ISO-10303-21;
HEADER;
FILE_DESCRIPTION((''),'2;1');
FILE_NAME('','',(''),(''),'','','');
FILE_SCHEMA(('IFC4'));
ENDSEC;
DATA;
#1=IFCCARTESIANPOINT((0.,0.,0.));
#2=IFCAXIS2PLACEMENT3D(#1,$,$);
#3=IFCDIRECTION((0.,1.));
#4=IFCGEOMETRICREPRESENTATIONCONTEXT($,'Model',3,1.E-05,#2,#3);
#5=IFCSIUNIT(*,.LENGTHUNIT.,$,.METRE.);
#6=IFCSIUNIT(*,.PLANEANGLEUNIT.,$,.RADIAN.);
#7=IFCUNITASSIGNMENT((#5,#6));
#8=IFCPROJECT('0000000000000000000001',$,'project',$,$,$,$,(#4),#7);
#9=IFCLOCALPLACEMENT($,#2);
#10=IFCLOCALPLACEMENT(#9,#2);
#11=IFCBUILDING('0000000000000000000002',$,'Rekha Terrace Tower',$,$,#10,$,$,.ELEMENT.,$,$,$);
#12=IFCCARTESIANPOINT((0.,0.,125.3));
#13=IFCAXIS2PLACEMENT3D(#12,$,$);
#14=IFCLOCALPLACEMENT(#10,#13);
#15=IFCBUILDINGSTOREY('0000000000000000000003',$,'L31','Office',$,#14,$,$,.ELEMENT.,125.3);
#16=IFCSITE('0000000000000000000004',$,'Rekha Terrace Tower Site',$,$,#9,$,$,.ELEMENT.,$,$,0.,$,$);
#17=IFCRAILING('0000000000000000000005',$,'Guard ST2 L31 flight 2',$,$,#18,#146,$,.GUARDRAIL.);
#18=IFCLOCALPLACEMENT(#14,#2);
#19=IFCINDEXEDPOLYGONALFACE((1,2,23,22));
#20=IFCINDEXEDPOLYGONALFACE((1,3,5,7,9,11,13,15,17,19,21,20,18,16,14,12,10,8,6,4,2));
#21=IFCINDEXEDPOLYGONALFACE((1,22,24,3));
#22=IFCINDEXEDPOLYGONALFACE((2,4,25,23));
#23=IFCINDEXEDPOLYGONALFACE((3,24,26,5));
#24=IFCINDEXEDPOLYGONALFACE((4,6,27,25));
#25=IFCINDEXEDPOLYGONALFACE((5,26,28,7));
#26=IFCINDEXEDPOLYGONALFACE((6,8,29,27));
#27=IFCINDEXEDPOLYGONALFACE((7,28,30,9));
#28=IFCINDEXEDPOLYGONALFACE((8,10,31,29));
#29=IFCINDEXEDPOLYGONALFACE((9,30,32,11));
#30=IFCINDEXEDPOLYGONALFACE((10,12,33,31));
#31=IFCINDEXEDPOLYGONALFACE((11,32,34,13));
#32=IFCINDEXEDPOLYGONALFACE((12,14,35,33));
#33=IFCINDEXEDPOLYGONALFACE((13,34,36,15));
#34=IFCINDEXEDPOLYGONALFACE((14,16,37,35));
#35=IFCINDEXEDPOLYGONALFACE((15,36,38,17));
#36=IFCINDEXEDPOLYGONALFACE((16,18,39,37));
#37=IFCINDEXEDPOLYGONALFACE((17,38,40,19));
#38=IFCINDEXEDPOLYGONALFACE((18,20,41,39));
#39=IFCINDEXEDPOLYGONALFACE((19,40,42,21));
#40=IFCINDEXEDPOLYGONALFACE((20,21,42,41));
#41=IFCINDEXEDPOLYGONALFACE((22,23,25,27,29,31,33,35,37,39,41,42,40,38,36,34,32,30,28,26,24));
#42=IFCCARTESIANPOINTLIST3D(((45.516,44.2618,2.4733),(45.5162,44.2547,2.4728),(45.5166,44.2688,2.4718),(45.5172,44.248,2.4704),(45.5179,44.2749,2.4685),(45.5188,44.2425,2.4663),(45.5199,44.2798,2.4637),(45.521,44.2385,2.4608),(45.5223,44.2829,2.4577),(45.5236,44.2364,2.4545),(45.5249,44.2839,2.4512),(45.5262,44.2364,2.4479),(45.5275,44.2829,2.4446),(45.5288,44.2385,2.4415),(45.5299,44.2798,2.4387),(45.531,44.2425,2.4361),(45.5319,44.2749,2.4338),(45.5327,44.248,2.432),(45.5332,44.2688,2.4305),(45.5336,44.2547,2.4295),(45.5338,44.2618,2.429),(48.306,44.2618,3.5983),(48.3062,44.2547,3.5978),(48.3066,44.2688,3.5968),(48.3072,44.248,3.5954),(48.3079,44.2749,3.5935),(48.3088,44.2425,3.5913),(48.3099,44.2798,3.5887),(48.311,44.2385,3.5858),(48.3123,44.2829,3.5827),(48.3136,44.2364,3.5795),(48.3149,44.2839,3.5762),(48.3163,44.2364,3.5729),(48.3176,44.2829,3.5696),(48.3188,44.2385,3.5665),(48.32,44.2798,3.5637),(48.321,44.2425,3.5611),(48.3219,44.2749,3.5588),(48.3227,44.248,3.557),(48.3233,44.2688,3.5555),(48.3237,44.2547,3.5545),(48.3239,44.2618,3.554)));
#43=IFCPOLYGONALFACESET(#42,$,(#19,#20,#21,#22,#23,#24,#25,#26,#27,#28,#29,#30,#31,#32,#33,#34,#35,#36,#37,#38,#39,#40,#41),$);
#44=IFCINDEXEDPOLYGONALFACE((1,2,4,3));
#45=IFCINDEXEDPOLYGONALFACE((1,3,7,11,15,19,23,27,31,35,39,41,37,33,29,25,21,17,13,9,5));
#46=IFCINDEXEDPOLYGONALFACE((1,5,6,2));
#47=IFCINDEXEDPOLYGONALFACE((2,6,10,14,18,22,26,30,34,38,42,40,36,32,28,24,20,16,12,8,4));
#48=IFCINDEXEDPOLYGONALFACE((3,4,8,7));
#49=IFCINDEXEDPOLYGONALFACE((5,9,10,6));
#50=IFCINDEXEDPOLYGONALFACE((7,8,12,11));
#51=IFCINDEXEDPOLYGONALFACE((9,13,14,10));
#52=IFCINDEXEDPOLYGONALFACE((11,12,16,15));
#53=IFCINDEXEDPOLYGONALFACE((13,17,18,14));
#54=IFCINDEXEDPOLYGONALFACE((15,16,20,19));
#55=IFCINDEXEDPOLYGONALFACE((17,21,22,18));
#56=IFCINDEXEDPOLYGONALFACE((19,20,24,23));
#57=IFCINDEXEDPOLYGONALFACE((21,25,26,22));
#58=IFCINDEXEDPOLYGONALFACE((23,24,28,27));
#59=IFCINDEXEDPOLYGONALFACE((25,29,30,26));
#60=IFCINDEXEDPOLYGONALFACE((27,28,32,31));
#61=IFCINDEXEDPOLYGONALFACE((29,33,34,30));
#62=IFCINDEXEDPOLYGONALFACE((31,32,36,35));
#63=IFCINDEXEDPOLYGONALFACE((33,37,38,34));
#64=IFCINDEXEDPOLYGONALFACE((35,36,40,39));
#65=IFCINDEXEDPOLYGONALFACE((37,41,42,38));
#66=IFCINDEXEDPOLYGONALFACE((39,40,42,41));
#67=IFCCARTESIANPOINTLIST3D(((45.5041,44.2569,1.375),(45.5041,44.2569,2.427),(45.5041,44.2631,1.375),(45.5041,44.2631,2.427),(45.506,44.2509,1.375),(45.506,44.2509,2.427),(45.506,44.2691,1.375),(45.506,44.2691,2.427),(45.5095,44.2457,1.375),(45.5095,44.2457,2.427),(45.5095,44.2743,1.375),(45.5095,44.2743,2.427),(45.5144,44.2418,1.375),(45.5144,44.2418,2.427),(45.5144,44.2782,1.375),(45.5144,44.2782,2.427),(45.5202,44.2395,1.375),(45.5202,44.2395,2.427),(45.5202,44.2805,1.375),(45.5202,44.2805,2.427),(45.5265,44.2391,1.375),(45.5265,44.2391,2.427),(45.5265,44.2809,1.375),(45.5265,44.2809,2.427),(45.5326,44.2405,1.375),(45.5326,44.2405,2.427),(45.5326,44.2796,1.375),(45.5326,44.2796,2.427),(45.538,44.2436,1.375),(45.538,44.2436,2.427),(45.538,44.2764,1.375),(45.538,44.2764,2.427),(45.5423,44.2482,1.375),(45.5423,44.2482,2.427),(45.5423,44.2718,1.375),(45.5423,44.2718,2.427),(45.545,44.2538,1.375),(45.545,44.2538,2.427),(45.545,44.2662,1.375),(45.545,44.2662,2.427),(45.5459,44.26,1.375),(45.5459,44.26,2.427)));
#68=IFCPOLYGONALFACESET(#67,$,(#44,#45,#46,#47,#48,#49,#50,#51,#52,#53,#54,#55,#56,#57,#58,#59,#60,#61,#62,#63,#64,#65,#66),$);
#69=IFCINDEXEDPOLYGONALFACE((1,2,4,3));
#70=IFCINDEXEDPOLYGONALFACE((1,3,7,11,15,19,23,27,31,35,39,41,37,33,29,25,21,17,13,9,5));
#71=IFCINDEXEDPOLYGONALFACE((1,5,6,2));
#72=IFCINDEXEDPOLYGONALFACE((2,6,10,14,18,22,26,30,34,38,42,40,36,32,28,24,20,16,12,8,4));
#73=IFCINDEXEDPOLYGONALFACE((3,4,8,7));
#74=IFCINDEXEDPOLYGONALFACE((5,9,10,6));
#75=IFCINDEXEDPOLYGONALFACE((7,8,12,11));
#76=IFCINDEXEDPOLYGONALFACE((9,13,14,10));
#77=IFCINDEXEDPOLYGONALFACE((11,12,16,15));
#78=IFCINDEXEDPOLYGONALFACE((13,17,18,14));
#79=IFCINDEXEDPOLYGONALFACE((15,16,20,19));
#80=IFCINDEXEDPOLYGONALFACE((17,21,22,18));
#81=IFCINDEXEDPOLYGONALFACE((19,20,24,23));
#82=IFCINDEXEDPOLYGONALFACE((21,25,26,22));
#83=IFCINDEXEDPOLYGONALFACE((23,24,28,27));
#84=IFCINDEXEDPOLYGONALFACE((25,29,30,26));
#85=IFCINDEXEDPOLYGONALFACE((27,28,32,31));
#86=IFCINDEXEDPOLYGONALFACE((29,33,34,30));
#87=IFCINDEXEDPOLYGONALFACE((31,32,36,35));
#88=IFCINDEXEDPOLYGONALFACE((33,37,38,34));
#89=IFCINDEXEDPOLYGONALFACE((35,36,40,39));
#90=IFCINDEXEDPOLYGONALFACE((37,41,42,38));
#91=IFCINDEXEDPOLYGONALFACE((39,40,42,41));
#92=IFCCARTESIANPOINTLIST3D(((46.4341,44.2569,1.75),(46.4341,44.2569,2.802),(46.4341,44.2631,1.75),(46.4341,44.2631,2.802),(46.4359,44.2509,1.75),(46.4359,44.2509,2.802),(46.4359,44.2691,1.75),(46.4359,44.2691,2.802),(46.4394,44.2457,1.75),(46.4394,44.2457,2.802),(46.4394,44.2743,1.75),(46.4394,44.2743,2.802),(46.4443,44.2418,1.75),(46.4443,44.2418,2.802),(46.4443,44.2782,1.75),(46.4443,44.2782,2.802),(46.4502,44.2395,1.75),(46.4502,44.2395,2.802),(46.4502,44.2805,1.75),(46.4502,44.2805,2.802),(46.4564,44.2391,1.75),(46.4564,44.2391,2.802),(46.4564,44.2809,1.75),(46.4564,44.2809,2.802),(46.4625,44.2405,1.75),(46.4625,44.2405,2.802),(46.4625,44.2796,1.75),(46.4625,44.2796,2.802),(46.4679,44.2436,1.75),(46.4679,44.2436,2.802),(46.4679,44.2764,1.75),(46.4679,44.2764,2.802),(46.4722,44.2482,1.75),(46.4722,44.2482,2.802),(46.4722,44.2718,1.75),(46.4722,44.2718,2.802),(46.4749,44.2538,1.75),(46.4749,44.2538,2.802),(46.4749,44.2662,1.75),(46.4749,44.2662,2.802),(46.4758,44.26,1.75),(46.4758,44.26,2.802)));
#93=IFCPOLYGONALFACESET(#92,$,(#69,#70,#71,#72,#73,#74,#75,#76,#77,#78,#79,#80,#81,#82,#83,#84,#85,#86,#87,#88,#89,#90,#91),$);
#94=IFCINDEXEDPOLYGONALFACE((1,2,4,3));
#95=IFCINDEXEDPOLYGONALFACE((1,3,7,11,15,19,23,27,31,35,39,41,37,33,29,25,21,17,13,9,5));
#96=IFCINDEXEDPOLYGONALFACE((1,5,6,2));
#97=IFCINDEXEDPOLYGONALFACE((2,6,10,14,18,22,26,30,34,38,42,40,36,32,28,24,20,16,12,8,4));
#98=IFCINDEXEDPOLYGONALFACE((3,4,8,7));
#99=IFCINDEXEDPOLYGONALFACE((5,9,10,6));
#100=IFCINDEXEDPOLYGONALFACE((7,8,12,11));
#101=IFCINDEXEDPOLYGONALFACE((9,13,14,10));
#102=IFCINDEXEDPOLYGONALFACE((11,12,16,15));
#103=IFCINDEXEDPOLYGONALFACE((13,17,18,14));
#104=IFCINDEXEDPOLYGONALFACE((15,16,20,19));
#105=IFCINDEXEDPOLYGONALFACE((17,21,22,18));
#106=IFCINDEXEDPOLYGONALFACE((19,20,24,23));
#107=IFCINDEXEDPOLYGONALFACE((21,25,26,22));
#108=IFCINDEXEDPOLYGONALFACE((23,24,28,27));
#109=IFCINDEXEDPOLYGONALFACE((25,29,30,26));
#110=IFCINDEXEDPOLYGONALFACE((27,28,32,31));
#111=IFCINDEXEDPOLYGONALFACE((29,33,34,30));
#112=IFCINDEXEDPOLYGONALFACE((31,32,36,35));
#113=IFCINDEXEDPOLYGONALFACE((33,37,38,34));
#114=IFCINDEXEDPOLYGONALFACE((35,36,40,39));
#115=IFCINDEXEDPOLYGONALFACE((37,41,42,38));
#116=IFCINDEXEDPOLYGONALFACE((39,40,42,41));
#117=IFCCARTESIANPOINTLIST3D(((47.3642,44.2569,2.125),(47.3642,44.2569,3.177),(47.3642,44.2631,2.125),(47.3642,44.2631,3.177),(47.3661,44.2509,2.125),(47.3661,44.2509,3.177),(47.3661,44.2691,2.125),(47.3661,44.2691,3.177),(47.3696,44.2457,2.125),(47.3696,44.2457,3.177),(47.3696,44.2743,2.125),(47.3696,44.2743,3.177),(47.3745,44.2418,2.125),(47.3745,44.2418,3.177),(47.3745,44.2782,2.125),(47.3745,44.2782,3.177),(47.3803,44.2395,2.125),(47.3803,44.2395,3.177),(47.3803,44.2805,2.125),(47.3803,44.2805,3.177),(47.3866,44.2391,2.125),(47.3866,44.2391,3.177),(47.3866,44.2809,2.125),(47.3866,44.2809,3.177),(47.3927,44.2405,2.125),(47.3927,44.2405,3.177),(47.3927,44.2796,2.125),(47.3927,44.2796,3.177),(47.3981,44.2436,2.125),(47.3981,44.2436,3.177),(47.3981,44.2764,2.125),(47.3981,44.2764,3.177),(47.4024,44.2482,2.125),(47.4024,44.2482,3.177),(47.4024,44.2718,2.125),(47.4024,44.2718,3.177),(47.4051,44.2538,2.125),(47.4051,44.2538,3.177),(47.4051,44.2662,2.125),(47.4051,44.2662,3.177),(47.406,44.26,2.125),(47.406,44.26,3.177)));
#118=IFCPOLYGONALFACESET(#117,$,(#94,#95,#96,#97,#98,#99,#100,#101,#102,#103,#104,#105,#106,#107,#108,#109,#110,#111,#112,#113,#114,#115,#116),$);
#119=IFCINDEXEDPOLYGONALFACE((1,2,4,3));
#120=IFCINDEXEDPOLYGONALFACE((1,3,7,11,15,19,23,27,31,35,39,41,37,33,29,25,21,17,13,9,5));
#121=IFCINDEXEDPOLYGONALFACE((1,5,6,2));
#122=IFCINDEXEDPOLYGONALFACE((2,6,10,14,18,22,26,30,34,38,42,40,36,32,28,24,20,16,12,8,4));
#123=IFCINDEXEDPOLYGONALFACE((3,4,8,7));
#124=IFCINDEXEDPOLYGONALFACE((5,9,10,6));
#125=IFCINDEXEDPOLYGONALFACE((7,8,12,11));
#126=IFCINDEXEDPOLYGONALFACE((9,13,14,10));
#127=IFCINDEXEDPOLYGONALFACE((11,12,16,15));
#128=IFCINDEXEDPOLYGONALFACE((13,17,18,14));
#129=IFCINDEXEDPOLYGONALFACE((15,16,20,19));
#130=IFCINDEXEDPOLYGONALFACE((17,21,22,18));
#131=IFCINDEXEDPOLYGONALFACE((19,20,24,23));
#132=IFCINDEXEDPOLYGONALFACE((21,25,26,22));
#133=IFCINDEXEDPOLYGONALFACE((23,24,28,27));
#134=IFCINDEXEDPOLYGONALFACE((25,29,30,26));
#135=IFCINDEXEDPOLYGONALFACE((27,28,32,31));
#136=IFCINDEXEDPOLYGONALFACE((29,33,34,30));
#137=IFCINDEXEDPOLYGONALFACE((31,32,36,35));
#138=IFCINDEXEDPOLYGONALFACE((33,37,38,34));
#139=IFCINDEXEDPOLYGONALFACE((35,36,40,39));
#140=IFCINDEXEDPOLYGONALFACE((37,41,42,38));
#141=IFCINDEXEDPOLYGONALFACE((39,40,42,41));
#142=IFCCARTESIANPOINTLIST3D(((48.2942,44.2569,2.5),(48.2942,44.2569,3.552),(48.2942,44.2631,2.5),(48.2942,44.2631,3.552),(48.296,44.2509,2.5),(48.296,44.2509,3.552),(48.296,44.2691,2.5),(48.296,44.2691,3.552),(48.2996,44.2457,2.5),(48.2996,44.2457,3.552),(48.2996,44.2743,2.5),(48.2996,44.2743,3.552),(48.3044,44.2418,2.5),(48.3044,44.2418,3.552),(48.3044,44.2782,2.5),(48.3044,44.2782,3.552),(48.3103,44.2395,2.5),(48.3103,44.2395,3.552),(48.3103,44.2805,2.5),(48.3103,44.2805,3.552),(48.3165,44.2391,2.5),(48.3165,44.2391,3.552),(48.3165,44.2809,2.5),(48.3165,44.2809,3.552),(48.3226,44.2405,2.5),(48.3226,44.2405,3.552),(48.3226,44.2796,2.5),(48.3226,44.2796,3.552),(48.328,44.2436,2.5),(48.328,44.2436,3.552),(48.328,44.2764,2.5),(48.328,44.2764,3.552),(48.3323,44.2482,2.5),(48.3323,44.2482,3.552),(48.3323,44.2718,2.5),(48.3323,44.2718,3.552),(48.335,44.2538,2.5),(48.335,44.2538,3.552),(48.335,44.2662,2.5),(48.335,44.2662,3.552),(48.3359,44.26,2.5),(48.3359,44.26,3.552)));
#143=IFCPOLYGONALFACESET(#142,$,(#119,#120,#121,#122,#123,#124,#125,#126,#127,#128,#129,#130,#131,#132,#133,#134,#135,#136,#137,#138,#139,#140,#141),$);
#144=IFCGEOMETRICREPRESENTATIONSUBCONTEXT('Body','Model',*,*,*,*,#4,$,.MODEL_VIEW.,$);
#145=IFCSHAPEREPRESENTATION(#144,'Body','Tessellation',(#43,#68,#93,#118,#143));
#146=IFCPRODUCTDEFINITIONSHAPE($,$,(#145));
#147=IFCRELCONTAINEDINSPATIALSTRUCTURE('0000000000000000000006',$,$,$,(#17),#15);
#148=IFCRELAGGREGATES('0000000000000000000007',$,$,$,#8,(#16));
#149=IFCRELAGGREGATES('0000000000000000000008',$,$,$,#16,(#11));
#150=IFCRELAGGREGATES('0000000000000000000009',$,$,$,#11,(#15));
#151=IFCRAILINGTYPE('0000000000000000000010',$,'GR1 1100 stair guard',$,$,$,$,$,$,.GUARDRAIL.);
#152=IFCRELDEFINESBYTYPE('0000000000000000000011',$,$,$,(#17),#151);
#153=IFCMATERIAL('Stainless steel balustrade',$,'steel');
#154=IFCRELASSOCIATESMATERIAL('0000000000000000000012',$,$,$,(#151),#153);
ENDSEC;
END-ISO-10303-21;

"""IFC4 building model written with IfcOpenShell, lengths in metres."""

from ifc_helpers import new_model, si_unit, direction, frame, origin, origin_2d, place, context, subcontext, project, spatial, circle, extrude, material, type_object, element, save


model = new_model("IFC4")

# Units and contexts
model_context = context("Model", 3, precision=1e-05, world=origin(), true_north=direction((0.0, 1.0)))
body_context = subcontext(model_context, "Body", "Model", "MODEL_VIEW")
ifc_project = project(units=[si_unit("LENGTHUNIT", "METRE"), si_unit("PLANEANGLEUNIT", "RADIAN")], contexts=[model_context])

# Site, building, storey
site_placement = place(None, origin())
site = spatial("IfcSite", under=ifc_project, at=site_placement, Name="Rekha Terrace Tower Site", CompositionType="ELEMENT", RefElevation=0.0)
building_placement = place(site_placement, origin())
building = spatial("IfcBuilding", under=site, at=building_placement, Name="Rekha Terrace Tower", CompositionType="ELEMENT")
storey_placement = place(building_placement, frame((0.0, 0.0, 125.3)))
storey = spatial("IfcBuildingStorey", under=building, at=storey_placement, Name="L31", Description="Office", CompositionType="ELEMENT", Elevation=125.3)

# Railing
ifc_material_1 = material(Name="Stainless steel balustrade", Category="steel")
railing_type_1 = type_object("IfcRailingType", Name="GR1 1100 stair guard", PredefinedType="GUARDRAIL", material=ifc_material_1)
railing_1_placement = place(storey_placement, frame((45.5249, 44.26, 1.375)))
element("IfcRailing", 1, at=railing_1_placement, inside=storey, type_object=railing_type_1, Name="Guard ST2 L31 flight 2", PredefinedType="GUARDRAIL", context=body_context, shape_type="SweptSolid", body=[
    extrude(circle(Radius=0.0239, at=origin_2d()), frame((0.0, 0.0, 1.0762), z_axis=(0.927443, 0.0, 0.373964), x_axis=(0.0, 1.0, 0.0)), (0.0, 0.0, 1.0), 3.0083),
    extrude(circle(Radius=0.021, at=origin_2d()), origin(), (0.0, 0.0, 1.0), 1.052),
    extrude(circle(Radius=0.021, at=origin_2d()), frame((0.9299, 0.0, 0.375)), (0.0, 0.0, 1.0), 1.052),
    extrude(circle(Radius=0.021, at=origin_2d()), frame((1.8601, 0.0, 0.75)), (0.0, 0.0, 1.0), 1.052),
    extrude(circle(Radius=0.021, at=origin_2d()), frame((2.79, 0.0, 1.125)), (0.0, 0.0, 1.0), 1.052),
])

save(model, "model.ifc")
